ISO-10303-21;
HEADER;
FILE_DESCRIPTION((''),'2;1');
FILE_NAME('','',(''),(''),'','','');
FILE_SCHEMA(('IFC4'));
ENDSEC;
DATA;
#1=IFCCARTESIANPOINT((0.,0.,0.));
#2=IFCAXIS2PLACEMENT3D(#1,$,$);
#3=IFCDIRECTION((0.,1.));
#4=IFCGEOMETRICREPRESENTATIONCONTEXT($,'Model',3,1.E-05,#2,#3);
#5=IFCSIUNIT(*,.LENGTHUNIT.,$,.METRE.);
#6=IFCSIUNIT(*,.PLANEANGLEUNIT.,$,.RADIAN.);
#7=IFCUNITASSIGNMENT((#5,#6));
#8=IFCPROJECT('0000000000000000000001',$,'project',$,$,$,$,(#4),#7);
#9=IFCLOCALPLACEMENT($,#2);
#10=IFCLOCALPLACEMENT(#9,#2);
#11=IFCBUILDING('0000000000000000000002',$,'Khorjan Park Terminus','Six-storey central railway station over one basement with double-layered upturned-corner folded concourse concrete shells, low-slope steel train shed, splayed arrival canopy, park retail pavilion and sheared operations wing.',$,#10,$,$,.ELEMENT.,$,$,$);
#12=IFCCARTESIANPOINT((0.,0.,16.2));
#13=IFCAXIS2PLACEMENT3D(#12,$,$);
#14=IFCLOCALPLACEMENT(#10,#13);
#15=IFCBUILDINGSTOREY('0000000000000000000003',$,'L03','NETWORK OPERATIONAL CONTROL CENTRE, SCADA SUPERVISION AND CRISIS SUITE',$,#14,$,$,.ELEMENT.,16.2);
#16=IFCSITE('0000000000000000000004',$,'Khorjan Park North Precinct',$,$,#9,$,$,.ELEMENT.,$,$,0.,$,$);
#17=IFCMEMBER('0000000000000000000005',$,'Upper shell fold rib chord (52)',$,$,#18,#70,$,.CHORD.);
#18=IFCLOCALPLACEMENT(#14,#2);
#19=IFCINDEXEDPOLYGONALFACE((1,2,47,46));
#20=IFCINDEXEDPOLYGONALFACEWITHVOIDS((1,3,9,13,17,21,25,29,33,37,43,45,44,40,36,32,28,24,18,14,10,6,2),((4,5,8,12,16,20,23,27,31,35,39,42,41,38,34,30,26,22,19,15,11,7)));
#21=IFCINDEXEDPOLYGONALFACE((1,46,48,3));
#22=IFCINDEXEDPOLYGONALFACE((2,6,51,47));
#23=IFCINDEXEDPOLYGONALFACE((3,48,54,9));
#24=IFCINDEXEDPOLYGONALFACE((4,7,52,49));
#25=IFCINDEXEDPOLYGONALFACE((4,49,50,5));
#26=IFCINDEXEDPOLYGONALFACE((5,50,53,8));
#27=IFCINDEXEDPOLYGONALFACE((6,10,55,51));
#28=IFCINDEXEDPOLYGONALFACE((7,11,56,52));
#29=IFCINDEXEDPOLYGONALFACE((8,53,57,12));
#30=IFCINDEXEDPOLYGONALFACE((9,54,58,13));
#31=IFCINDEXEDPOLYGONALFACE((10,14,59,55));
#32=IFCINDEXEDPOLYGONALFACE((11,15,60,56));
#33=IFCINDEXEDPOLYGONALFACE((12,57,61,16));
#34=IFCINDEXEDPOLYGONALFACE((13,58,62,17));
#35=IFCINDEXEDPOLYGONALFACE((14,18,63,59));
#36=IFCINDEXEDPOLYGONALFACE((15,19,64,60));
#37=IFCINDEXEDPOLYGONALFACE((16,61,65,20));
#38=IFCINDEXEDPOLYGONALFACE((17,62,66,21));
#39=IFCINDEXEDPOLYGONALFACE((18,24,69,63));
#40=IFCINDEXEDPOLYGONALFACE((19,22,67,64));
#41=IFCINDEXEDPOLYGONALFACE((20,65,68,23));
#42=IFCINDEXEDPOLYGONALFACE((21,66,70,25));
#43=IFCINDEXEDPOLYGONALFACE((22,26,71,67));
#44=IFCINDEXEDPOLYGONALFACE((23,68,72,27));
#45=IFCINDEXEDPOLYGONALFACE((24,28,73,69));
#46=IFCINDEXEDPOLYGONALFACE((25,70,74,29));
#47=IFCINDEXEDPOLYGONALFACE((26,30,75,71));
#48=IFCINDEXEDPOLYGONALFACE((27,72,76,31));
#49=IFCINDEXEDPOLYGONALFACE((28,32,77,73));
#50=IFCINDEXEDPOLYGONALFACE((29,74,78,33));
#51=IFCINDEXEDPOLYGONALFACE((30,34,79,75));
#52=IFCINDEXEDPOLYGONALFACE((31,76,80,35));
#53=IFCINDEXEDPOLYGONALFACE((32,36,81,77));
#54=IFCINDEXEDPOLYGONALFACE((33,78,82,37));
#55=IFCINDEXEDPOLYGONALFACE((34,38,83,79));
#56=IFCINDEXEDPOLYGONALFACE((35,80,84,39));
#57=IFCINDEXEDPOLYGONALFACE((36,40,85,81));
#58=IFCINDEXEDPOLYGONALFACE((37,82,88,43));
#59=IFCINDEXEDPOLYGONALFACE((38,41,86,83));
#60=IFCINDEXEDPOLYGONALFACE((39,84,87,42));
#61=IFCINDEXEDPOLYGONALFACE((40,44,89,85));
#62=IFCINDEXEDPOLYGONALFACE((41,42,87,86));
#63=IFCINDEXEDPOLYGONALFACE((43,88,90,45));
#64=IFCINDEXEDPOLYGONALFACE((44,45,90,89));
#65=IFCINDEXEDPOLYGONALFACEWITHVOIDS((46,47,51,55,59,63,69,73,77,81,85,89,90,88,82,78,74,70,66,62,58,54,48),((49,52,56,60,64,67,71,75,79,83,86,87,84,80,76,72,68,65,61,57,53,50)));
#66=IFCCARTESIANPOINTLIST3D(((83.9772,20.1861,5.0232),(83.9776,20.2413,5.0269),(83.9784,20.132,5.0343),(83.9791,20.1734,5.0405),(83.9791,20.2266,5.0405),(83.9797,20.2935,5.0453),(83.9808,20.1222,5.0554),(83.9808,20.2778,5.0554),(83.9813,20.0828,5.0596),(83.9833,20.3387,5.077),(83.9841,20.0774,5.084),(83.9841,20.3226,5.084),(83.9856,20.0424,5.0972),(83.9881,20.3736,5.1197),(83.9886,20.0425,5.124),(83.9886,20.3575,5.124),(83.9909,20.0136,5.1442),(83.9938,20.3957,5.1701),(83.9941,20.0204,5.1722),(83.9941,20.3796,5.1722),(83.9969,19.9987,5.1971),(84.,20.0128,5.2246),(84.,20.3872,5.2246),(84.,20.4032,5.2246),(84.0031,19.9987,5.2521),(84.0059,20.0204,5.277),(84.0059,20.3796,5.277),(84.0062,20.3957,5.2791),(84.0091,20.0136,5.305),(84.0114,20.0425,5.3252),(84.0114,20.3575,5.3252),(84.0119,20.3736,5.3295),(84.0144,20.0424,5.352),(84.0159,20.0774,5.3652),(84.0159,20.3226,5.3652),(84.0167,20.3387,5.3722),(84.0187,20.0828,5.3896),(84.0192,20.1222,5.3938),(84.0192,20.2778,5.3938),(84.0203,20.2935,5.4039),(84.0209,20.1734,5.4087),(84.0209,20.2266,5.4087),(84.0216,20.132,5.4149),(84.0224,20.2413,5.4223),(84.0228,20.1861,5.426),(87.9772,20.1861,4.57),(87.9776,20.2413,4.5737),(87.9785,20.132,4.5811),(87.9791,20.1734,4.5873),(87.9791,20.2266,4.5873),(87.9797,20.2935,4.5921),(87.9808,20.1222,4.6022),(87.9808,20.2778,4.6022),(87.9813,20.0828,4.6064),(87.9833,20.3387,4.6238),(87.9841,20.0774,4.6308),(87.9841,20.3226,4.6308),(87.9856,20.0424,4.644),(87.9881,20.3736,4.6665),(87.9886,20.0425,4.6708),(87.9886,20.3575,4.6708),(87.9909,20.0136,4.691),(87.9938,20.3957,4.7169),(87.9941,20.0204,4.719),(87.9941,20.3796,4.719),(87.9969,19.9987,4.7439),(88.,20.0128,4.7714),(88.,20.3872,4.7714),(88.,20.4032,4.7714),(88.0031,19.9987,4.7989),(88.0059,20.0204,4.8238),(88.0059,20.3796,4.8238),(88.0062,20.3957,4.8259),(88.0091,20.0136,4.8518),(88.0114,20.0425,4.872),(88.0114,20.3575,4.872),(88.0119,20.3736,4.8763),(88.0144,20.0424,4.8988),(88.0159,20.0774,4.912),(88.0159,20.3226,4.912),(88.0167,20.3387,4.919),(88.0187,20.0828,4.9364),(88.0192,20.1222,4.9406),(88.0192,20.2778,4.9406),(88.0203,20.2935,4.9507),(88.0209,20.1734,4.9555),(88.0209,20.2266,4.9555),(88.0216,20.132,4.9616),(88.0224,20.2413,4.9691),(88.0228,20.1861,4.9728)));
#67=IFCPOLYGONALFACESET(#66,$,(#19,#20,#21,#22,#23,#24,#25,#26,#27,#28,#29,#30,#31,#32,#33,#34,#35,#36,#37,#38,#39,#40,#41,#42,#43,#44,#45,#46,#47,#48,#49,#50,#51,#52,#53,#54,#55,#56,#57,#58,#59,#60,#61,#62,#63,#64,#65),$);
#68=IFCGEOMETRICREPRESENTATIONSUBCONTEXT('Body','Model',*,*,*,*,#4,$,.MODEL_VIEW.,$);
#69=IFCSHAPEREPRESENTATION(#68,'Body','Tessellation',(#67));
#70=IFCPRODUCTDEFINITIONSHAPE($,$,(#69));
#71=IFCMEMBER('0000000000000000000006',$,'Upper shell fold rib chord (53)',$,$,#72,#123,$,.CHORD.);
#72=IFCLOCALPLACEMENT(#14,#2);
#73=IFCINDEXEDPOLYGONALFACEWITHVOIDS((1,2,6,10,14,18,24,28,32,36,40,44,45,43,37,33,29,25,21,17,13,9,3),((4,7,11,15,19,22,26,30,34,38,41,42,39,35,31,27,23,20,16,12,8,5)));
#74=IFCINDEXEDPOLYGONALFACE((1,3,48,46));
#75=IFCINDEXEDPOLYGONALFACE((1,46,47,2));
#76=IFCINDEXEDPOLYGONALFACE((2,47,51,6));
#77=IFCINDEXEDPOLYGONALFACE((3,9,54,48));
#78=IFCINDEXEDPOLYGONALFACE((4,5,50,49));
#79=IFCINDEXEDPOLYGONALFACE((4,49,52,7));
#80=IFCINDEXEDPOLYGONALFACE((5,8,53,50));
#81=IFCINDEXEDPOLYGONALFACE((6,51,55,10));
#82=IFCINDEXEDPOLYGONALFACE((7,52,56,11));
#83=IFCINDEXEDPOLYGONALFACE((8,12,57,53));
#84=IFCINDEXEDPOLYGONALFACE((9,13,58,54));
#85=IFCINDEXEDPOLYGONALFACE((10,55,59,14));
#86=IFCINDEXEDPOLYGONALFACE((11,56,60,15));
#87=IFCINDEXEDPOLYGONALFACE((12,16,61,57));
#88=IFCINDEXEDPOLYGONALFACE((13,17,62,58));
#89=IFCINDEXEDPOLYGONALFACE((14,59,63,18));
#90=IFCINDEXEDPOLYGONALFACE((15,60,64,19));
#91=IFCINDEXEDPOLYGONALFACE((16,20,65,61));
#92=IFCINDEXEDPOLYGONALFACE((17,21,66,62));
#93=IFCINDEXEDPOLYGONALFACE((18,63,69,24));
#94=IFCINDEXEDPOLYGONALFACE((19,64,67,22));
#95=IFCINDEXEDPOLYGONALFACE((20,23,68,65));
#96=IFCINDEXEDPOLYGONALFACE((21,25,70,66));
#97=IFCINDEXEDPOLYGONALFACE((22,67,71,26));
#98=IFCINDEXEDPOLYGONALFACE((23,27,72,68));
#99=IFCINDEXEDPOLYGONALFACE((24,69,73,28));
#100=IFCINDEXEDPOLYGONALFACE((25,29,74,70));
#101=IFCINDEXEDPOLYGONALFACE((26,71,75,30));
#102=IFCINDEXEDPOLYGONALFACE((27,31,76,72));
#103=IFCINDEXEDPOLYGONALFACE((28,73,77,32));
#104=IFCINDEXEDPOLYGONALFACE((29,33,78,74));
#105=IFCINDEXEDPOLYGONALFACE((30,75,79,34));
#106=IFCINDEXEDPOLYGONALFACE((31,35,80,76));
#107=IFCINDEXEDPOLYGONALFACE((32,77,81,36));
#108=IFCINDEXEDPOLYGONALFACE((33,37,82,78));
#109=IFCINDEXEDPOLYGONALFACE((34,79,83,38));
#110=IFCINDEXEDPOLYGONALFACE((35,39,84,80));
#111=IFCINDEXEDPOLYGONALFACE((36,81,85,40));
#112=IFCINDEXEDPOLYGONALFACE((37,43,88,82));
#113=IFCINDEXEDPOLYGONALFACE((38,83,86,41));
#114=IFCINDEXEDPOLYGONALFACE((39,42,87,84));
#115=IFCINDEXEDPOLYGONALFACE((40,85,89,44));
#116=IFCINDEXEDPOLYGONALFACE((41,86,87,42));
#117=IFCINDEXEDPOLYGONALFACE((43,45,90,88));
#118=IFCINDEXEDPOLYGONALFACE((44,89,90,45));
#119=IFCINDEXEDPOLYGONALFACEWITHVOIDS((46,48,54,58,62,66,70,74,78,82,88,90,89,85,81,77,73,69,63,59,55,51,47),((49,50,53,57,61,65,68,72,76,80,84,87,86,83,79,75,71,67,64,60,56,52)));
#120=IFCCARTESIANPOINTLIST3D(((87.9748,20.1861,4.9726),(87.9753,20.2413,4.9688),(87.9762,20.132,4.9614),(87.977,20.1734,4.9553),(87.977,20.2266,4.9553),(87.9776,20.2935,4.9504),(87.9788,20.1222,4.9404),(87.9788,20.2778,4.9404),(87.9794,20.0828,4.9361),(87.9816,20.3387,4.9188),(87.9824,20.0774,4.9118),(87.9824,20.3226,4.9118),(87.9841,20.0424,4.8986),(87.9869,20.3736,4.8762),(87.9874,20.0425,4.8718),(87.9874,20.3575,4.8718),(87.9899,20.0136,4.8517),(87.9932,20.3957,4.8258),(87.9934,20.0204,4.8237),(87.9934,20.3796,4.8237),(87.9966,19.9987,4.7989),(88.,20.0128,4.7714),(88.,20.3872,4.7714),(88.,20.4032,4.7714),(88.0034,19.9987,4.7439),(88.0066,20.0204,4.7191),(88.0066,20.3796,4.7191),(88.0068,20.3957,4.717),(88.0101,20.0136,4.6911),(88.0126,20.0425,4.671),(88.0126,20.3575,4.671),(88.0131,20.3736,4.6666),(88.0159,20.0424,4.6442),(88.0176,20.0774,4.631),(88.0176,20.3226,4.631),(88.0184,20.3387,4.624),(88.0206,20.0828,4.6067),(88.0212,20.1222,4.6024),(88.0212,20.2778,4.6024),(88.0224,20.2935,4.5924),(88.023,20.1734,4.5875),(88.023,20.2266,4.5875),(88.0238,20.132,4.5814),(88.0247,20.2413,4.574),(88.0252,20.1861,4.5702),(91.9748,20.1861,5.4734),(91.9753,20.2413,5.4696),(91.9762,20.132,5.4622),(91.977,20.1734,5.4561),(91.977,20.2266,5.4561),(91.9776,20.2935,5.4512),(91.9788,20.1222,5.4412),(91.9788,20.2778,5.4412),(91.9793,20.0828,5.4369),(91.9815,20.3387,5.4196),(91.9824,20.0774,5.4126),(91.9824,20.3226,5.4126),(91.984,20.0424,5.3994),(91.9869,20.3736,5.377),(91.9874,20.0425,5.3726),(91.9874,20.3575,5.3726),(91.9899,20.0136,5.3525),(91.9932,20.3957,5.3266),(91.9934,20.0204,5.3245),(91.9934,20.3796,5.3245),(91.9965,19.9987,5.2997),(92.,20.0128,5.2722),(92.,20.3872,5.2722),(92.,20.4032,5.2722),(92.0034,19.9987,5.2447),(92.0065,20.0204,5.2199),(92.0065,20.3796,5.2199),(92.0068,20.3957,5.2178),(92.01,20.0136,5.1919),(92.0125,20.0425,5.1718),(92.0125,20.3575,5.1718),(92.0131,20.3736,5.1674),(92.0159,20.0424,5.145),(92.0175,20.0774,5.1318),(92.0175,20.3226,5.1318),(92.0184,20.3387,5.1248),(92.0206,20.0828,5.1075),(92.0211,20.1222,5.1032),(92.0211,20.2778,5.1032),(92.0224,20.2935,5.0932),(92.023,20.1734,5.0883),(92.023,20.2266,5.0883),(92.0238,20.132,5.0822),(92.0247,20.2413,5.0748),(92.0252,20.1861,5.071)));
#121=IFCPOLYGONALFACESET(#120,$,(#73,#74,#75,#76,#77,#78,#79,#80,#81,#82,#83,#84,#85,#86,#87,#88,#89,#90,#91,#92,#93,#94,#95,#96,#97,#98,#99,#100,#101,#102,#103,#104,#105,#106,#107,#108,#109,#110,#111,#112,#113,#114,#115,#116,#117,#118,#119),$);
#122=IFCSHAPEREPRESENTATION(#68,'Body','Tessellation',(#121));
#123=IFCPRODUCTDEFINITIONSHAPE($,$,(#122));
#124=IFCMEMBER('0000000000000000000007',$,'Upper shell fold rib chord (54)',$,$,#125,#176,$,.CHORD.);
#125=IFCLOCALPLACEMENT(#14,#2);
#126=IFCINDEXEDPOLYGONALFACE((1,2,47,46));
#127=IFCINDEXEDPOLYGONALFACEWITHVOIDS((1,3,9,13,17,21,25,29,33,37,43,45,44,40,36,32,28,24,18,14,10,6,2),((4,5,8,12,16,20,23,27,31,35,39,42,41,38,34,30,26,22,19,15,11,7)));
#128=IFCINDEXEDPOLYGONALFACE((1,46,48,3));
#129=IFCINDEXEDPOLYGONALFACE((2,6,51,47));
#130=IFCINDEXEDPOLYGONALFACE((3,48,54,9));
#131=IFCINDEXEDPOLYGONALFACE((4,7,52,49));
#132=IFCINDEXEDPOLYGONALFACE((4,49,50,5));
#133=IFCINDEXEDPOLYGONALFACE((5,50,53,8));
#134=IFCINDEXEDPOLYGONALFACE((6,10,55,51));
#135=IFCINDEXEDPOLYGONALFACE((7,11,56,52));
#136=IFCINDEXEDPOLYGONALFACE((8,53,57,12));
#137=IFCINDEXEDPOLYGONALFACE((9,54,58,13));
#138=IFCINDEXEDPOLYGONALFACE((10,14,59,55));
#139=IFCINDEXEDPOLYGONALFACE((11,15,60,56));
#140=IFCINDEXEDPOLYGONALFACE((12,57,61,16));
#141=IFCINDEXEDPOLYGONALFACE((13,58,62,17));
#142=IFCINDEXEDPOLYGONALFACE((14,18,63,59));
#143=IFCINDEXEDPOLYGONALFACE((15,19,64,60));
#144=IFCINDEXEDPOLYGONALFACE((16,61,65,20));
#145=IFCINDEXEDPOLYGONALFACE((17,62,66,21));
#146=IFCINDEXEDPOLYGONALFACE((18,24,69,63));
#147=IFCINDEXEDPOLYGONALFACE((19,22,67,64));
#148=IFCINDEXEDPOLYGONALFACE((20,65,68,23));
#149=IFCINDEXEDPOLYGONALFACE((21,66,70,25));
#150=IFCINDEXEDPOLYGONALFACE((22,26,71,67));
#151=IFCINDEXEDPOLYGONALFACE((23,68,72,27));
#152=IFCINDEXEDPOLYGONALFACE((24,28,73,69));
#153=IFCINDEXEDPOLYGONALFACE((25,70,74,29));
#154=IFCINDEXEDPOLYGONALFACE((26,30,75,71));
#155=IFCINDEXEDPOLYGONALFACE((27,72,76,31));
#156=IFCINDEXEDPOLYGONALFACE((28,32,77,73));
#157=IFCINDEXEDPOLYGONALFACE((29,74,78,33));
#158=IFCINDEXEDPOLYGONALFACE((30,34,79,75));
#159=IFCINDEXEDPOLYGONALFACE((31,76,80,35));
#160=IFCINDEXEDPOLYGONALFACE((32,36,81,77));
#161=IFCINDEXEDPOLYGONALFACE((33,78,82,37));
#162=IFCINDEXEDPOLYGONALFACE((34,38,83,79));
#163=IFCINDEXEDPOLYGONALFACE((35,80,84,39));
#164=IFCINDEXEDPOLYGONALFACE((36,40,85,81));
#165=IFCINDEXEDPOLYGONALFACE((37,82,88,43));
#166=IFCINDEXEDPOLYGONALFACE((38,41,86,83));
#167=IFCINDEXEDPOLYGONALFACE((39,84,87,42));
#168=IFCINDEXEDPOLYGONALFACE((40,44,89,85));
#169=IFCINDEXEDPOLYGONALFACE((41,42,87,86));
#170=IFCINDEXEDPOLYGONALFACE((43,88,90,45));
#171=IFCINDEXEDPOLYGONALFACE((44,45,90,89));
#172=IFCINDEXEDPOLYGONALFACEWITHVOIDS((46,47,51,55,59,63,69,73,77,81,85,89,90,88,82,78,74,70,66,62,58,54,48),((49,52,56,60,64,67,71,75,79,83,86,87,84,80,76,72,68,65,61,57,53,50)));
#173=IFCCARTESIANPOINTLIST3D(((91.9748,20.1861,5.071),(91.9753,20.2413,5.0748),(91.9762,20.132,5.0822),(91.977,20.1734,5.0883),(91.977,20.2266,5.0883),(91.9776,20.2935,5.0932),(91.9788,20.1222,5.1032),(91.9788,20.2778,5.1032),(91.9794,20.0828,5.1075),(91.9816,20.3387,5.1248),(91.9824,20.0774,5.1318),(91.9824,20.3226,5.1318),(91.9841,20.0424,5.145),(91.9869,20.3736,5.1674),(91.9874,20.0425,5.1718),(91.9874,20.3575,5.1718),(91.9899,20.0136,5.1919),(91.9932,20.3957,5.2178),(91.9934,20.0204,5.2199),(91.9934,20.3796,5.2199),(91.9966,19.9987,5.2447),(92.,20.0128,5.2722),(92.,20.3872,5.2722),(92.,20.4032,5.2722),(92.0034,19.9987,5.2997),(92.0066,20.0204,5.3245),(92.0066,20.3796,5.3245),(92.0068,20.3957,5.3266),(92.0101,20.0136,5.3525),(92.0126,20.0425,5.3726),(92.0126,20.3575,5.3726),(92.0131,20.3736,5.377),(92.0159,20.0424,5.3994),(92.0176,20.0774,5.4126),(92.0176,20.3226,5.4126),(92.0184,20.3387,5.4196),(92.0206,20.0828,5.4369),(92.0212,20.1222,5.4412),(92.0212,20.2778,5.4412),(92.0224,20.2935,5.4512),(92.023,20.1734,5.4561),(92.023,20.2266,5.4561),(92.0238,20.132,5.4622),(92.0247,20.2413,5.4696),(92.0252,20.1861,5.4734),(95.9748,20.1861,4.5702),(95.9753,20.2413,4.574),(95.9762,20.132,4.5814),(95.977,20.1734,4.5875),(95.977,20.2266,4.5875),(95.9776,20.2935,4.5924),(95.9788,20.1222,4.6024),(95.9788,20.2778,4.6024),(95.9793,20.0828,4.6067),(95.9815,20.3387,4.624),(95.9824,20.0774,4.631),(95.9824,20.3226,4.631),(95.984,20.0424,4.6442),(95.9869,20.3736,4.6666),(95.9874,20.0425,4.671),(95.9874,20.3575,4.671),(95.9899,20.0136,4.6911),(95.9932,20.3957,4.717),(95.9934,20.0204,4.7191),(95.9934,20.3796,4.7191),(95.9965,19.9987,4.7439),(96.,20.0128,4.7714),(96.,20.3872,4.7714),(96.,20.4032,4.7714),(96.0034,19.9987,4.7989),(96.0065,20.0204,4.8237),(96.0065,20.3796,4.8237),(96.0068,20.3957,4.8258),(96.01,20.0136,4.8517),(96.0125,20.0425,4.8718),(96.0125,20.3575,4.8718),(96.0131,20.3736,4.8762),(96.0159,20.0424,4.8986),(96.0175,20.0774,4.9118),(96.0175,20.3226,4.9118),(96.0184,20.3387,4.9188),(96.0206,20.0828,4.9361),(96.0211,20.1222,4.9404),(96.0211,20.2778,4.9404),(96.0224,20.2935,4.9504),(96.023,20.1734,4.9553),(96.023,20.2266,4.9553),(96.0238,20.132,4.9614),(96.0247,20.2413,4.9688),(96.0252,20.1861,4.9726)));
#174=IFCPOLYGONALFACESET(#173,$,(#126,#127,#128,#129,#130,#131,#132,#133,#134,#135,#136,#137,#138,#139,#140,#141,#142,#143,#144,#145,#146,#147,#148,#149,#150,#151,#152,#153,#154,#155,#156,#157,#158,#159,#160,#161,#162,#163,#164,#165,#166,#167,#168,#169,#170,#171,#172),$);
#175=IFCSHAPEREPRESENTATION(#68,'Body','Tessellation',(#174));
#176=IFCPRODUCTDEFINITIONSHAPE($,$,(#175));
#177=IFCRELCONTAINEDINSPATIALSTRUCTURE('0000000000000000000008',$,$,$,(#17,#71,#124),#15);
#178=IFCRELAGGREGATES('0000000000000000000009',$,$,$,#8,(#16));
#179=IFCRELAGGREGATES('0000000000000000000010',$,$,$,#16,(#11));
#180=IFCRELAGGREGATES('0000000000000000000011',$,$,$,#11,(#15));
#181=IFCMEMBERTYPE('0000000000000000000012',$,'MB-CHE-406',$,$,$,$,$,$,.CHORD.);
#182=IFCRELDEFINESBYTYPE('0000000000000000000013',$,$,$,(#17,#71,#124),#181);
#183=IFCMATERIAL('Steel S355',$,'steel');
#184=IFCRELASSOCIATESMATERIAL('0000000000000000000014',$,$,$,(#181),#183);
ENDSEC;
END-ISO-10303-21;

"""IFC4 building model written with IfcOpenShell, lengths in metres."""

from ifc_helpers import new_model, si_unit, direction, frame, origin, origin_2d, place, context, subcontext, project, spatial, hollow_circle, extrude, material, material_profile, profile_set, type_object, element, save


model = new_model("IFC4")

# Units and contexts
model_context = context("Model", 3, precision=1e-05, world=origin(), true_north=direction((0.0, 1.0)))
body_context = subcontext(model_context, "Body", "Model", "MODEL_VIEW")
ifc_project = project(units=[si_unit("LENGTHUNIT", "METRE"), si_unit("PLANEANGLEUNIT", "RADIAN")], contexts=[model_context])

# Site, building, storey
site_placement = place(None, origin())
site = spatial("IfcSite", under=ifc_project, at=site_placement, Name="Khorjan Park North Precinct", CompositionType="ELEMENT", RefElevation=0.0)
building_placement = place(site_placement, origin())
building = spatial("IfcBuilding", under=site, at=building_placement, Name="Khorjan Park Terminus", Description="Six-storey central railway station over one basement with double-layered upturned-corner folded concourse concrete shells, low-slope steel train shed, splayed arrival canopy, park retail pavilion and sheared operations wing.", CompositionType="ELEMENT")
storey_placement = place(building_placement, frame((0.0, 0.0, 16.2)))
storey = spatial("IfcBuildingStorey", under=building, at=storey_placement, Name="L03", Description="NETWORK OPERATIONAL CONTROL CENTRE, SCADA SUPERVISION AND CRISIS SUITE", CompositionType="ELEMENT", Elevation=16.2)

# Members
ifc_material_1 = material(Name="Steel S355", Category="steel")
ifc_material_profile_1 = material_profile(ifc_material_1, hollow_circle(Radius=0.2032, WallThickness=0.016, at=origin_2d()), Name="CHS 406.4x16")
ifc_profile_set_1 = profile_set([ifc_material_profile_1], Name="Steel S355")
member_type_1 = type_object("IfcMemberType", Name="MB-CHE-406", PredefinedType="CHORD", material=ifc_profile_set_1)
member_1_placement = place(storey_placement, frame((84.0, 20.2, 5.2246), z_axis=(0.993643, 0.0, -0.11258), x_axis=(0.0, 1.0, 0.0)))
element("IfcMember", 1, at=member_1_placement, inside=storey, type_object=member_type_1, Name="Upper shell fold rib chord (52)", PredefinedType="CHORD", context=body_context, shape_type="SweptSolid", body=[
    extrude(hollow_circle(Radius=0.2032, WallThickness=0.016, at=origin_2d()), origin(), (0.0, 0.0, 1.0), 4.0256),
])
for number, where, z_axis, x_axis, name in (
    (2, (88.0, 20.2, 4.7714), (0.992253, 0.0, 0.12423), (0.0, 1.0, 0.0), "Upper shell fold rib chord (53)"),
    (3, (92.0, 20.2, 5.2722), (0.992253, 0.0, -0.12423), (0.0, 1.0, 0.0), "Upper shell fold rib chord (54)"),
):
    element("IfcMember", number, at=place(storey_placement, frame(where, z_axis=z_axis, x_axis=x_axis)), inside=storey, type_object=member_type_1, Name=name, PredefinedType="CHORD", context=body_context, shape_type="SweptSolid", body=[
        extrude(hollow_circle(Radius=0.2032, WallThickness=0.016, at=origin_2d()), origin(), (0.0, 0.0, 1.0), 4.0312),
    ])

save(model, "model.ifc")
